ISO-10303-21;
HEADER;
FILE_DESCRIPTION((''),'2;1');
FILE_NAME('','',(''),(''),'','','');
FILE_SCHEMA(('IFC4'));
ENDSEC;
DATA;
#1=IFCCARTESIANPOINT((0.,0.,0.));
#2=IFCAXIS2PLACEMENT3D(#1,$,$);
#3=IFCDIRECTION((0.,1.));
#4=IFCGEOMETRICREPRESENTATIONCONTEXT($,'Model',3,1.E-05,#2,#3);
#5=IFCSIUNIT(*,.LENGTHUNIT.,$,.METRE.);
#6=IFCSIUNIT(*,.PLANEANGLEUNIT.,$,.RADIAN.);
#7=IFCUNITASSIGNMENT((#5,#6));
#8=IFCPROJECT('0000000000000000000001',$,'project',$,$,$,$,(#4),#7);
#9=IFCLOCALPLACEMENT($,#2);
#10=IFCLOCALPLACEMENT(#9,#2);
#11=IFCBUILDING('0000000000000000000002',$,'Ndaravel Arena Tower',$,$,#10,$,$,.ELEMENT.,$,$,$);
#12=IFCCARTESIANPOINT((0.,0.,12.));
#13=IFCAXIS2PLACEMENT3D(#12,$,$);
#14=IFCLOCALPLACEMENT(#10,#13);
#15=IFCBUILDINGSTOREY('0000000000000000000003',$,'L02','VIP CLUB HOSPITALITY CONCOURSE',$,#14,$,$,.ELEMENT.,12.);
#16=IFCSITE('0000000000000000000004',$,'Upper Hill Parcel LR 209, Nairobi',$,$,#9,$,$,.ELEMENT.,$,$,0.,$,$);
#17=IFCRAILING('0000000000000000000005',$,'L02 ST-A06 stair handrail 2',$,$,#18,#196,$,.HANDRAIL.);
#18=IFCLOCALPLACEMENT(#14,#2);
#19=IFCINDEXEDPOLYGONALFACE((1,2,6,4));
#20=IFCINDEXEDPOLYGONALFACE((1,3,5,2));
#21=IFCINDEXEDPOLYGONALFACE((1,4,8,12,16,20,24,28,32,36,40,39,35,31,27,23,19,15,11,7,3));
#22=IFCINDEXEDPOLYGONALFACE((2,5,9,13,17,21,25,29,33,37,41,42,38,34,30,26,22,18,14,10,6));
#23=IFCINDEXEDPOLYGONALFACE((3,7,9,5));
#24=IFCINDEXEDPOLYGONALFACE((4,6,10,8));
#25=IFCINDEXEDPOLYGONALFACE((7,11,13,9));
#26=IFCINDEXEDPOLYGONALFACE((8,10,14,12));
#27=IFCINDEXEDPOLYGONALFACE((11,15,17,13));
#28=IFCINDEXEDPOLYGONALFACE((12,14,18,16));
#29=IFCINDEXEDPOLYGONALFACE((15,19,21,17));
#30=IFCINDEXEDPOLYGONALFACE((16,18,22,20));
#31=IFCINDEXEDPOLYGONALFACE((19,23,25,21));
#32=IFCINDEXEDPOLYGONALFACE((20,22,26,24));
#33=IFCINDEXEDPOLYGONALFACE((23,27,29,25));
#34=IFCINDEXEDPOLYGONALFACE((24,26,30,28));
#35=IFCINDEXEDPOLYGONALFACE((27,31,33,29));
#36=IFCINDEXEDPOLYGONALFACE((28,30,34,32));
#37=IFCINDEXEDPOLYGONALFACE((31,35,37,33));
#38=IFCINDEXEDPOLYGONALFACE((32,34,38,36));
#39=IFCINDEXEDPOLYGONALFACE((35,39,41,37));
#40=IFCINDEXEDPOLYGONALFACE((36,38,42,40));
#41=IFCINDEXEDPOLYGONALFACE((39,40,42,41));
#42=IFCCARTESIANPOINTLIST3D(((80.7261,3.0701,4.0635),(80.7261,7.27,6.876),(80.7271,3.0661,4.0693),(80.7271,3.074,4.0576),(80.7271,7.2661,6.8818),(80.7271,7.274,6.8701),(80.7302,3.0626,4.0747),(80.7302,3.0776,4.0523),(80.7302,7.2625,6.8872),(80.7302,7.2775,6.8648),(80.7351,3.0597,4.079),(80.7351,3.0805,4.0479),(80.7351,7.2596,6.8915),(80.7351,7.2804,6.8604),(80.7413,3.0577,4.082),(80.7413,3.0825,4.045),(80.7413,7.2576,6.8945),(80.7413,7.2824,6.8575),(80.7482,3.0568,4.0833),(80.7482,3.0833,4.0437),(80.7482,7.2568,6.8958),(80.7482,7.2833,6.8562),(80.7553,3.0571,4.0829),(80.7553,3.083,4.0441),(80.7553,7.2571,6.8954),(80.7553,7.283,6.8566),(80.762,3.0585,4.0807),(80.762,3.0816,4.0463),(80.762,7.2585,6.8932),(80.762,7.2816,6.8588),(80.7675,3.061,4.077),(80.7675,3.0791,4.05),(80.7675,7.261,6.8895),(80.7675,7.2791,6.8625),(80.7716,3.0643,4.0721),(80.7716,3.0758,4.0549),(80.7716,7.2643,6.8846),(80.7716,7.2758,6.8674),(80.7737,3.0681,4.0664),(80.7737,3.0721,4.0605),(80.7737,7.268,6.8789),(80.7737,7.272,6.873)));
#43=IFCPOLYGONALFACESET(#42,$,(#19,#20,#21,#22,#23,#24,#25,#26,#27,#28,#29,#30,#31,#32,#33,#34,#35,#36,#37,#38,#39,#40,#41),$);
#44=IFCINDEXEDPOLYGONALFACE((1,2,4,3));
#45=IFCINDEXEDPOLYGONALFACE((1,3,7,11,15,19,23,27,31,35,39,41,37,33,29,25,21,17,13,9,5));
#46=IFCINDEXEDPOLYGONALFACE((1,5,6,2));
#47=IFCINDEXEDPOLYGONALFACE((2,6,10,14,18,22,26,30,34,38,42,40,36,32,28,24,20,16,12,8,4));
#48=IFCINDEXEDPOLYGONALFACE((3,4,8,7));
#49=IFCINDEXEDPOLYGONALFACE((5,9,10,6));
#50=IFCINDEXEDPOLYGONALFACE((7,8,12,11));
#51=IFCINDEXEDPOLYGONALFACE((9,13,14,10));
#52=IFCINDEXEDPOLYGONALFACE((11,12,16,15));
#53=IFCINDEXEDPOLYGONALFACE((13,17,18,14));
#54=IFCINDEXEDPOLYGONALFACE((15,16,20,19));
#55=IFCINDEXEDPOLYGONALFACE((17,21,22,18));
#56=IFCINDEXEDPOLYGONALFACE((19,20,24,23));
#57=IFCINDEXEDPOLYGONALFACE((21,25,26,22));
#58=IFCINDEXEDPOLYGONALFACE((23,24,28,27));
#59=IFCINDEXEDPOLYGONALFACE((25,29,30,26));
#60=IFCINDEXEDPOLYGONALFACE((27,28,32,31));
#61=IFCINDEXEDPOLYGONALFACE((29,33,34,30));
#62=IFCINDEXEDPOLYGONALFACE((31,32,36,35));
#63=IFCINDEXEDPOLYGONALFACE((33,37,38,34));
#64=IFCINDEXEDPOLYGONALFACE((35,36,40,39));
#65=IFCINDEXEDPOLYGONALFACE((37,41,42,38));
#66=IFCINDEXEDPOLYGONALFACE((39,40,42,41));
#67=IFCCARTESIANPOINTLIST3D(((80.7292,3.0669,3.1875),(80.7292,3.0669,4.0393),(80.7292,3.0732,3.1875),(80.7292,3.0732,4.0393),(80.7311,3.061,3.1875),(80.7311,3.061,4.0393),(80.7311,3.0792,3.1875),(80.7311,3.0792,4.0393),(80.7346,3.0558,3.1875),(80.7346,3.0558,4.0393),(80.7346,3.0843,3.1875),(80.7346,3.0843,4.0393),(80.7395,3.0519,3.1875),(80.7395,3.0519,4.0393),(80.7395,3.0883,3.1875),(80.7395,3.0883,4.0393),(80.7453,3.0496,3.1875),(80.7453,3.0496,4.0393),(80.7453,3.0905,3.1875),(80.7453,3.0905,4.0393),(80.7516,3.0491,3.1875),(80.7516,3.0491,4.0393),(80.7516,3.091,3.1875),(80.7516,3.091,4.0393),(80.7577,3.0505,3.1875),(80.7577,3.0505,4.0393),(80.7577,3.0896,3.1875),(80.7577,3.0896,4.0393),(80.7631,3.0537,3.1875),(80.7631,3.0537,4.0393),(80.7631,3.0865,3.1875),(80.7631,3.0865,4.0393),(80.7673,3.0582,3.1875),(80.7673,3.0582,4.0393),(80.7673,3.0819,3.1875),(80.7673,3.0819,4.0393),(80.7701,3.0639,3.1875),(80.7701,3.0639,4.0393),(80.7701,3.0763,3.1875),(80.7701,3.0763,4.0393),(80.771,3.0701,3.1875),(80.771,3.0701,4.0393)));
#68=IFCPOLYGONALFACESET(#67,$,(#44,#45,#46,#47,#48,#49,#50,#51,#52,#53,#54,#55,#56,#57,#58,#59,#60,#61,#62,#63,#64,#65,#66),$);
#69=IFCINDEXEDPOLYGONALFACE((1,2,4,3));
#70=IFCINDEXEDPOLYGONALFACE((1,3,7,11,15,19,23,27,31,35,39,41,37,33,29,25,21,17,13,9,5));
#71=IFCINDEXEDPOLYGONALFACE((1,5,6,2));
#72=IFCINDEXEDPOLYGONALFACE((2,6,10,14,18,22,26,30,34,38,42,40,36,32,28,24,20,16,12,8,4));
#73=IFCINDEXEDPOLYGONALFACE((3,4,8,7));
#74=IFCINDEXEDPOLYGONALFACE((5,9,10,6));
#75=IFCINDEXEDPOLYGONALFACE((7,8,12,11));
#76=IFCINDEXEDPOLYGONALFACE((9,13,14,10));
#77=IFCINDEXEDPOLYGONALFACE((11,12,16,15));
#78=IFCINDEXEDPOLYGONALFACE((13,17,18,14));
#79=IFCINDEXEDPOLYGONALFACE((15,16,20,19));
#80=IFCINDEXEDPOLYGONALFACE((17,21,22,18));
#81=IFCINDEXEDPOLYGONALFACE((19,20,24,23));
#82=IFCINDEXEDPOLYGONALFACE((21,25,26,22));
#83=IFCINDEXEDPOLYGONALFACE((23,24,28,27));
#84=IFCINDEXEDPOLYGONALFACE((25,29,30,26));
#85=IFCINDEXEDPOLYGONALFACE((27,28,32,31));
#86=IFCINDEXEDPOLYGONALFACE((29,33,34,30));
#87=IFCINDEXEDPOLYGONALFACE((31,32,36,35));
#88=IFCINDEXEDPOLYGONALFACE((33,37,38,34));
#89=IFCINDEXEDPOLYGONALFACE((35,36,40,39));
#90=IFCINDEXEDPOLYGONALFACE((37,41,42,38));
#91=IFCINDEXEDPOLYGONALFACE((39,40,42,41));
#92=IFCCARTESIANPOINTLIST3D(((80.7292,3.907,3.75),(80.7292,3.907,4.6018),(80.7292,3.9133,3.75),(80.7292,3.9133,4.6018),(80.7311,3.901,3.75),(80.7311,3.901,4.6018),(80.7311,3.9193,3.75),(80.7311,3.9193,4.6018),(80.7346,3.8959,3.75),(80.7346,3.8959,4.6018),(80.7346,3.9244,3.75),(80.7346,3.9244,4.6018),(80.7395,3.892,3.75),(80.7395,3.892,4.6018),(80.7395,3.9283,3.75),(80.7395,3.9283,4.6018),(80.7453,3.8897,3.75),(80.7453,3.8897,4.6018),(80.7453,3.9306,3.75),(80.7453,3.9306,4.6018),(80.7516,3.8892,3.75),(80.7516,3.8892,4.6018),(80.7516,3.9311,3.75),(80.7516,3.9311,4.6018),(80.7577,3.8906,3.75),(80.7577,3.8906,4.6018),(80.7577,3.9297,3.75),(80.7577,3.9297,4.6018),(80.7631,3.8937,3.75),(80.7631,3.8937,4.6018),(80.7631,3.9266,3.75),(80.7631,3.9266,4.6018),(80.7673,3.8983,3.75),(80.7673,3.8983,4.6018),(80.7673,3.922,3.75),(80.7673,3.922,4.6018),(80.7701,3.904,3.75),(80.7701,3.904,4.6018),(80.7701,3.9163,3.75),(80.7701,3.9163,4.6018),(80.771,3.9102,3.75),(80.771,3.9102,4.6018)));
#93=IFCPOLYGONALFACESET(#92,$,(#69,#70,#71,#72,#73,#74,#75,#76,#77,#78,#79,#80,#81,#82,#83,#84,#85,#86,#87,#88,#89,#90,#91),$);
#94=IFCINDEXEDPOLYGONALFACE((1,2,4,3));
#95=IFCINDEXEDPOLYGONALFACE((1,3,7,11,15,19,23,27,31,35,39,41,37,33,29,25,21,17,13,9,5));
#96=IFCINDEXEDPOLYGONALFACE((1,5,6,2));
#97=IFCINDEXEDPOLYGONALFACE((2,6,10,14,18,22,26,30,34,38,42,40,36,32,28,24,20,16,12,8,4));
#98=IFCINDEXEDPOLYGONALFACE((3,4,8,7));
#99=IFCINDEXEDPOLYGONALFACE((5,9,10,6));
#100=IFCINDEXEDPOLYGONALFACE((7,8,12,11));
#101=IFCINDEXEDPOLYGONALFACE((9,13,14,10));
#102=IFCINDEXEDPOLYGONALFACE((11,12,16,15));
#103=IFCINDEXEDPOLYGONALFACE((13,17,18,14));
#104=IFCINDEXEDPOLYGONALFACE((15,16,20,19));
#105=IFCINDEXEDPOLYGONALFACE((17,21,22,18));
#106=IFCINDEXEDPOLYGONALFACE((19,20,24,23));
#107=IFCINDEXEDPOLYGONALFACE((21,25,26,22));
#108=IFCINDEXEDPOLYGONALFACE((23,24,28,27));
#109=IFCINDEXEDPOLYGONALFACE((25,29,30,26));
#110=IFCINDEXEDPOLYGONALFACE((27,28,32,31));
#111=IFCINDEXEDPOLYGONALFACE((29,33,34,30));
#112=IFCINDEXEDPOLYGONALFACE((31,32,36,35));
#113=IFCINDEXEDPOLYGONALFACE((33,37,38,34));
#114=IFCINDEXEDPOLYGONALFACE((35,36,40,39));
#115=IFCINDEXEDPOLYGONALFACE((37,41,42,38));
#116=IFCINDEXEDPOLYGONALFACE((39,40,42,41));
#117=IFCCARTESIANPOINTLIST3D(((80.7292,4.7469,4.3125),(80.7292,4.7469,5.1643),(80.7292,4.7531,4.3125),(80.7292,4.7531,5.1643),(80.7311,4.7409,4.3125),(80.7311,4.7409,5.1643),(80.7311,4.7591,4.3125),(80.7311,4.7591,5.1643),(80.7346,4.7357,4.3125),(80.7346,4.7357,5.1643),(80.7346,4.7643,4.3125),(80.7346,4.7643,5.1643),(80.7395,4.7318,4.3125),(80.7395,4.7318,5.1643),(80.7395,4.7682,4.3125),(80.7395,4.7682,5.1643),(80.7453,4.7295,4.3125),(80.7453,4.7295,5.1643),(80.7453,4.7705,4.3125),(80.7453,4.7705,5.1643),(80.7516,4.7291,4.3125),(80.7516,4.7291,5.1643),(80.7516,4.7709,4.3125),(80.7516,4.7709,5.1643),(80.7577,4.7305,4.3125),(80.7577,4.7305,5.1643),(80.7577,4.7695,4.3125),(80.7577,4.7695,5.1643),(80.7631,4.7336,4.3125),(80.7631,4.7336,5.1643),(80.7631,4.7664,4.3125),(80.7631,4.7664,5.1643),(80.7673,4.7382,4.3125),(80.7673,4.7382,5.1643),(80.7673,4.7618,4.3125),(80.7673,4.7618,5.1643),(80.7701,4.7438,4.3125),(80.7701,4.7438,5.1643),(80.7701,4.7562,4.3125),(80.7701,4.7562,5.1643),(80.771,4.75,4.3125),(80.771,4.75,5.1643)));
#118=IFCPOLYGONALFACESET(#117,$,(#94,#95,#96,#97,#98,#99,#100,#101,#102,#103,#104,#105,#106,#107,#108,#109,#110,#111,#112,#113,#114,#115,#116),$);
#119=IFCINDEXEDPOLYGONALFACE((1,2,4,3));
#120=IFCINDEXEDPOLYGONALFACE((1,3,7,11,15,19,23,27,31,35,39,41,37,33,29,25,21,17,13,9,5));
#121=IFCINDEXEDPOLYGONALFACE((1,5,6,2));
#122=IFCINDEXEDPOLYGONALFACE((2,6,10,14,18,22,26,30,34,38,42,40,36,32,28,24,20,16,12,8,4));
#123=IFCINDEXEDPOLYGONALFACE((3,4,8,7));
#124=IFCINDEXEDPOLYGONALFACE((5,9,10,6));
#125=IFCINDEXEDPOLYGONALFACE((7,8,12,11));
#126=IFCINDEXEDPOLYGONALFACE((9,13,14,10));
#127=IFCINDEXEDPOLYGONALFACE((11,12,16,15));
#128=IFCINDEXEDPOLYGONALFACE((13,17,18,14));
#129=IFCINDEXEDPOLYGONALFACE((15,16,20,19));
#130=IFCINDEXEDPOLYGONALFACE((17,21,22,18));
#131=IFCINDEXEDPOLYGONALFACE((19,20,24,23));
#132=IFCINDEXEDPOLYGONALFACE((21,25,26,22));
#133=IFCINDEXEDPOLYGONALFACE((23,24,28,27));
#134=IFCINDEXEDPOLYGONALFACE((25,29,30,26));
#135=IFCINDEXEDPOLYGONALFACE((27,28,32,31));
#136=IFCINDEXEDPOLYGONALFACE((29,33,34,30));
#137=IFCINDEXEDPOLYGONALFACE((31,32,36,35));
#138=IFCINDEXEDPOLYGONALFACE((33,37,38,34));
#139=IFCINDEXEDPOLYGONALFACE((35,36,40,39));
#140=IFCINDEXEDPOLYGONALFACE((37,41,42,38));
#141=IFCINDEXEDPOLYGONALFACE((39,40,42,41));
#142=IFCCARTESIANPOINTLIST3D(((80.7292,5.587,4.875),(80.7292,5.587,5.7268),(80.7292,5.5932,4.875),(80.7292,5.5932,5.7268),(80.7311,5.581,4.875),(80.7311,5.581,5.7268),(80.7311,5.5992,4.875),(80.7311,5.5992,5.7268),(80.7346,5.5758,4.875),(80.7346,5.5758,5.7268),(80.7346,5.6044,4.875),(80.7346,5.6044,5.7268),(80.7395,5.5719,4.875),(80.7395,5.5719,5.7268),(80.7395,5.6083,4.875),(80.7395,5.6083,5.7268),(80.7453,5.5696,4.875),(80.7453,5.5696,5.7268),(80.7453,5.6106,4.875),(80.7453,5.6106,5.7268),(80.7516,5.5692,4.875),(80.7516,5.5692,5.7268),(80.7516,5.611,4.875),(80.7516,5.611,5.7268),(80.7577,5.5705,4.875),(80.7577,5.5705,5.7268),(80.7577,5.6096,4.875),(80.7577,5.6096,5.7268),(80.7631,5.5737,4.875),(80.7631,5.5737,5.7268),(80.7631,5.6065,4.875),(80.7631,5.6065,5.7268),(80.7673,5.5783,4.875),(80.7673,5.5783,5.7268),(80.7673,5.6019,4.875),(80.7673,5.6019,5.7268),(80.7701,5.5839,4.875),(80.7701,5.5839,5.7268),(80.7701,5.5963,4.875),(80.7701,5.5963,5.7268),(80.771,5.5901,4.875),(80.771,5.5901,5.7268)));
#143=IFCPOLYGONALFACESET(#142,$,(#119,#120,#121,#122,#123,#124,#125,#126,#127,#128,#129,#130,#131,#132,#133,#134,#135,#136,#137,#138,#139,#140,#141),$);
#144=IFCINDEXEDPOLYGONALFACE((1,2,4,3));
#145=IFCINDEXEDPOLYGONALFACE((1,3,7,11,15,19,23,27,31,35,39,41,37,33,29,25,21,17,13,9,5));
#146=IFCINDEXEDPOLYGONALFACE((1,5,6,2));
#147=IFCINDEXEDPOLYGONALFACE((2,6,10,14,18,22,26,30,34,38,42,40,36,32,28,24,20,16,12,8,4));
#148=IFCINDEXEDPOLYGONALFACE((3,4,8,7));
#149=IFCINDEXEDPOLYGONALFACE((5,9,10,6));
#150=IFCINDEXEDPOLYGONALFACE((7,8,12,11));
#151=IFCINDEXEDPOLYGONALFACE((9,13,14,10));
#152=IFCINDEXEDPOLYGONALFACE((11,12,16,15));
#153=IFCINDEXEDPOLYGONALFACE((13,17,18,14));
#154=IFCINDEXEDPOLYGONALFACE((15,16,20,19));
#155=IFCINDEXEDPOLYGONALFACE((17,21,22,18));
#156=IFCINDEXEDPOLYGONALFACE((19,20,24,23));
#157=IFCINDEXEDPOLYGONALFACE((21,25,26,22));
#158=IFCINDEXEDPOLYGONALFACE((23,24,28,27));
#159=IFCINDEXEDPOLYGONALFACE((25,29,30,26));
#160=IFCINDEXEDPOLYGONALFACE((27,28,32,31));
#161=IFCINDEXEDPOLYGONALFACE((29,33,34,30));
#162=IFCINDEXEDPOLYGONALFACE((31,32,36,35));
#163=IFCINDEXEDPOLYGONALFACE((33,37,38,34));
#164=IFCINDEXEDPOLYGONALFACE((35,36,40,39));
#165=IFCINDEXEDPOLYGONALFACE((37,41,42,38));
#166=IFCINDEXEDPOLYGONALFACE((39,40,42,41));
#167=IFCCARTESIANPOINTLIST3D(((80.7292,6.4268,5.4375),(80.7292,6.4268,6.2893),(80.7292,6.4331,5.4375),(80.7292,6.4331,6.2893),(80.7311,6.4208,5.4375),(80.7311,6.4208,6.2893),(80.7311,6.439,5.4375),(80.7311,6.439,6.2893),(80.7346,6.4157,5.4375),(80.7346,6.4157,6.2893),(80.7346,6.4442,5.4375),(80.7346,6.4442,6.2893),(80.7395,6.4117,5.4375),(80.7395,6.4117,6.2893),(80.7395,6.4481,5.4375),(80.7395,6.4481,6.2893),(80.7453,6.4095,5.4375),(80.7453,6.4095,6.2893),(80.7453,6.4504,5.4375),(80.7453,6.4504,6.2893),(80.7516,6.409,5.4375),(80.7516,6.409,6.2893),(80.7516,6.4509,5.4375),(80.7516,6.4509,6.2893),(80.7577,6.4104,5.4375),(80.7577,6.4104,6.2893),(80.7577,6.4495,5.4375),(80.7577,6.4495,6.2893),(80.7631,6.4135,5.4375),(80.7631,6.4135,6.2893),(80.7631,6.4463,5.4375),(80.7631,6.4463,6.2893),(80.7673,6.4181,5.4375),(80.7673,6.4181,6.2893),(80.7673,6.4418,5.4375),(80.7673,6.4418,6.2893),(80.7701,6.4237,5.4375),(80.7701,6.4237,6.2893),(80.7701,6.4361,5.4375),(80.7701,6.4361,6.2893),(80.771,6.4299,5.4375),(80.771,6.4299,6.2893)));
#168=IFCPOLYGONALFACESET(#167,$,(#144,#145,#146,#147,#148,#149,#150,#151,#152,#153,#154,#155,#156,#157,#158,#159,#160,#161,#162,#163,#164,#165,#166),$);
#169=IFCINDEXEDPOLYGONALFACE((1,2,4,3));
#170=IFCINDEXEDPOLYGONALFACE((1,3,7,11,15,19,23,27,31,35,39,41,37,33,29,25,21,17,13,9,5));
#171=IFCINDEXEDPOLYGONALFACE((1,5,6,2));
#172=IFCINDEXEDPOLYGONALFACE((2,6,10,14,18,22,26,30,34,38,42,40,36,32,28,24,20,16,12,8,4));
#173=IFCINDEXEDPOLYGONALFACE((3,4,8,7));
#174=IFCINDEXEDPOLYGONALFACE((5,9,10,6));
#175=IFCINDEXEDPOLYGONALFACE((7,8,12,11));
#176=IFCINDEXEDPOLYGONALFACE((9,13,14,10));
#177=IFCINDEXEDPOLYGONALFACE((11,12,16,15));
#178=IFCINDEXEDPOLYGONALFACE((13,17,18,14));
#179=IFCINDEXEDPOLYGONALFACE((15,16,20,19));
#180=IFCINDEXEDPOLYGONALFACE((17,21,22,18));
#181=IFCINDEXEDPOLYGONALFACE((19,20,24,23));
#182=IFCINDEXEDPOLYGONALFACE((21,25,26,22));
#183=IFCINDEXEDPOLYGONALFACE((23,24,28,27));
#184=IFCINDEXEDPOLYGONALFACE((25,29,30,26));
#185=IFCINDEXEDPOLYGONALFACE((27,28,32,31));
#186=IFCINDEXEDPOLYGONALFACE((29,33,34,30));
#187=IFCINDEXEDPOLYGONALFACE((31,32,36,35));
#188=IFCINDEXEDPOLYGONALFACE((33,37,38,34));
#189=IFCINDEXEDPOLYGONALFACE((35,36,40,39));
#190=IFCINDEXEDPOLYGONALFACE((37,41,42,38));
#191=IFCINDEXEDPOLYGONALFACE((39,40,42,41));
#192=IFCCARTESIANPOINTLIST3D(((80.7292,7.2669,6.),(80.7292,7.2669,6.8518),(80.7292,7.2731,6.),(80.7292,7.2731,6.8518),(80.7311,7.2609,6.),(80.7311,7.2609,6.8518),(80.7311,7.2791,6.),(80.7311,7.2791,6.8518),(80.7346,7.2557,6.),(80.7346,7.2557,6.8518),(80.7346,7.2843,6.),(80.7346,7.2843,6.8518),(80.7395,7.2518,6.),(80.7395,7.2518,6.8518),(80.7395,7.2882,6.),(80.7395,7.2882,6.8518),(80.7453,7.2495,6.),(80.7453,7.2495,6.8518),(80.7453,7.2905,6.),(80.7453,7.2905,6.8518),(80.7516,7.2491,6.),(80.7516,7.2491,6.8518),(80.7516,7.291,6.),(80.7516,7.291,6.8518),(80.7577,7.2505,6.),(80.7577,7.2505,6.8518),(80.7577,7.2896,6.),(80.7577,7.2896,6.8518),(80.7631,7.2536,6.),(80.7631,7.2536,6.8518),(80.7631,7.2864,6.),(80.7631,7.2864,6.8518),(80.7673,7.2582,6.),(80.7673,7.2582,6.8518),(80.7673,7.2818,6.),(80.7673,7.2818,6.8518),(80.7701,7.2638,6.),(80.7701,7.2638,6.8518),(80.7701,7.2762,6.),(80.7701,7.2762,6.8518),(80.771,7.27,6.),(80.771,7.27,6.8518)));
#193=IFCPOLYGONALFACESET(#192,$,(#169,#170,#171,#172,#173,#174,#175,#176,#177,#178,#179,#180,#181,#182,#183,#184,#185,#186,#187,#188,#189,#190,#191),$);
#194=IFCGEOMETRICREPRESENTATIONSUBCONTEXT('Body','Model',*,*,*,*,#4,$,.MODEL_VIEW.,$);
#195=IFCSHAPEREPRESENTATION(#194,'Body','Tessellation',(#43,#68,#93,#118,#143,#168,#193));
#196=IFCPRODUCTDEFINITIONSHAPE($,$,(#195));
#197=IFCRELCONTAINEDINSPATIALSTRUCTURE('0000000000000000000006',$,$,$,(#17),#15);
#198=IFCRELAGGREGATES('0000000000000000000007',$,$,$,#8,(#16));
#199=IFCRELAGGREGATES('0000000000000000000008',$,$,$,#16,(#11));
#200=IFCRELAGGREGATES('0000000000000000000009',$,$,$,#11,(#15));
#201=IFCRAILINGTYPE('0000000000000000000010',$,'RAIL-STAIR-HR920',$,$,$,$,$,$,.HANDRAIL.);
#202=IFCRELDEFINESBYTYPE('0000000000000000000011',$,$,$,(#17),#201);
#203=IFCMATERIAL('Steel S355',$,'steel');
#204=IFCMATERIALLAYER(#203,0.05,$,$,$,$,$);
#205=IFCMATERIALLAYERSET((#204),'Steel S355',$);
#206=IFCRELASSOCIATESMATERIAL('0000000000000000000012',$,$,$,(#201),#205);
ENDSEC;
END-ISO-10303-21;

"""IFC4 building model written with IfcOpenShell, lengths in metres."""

from ifc_helpers import new_model, si_unit, direction, frame, origin, origin_2d, place, context, subcontext, project, spatial, circle, extrude, material, layer, layer_set, type_object, element, save


model = new_model("IFC4")

# Units and contexts
model_context = context("Model", 3, precision=1e-05, world=origin(), true_north=direction((0.0, 1.0)))
body_context = subcontext(model_context, "Body", "Model", "MODEL_VIEW")
ifc_project = project(units=[si_unit("LENGTHUNIT", "METRE"), si_unit("PLANEANGLEUNIT", "RADIAN")], contexts=[model_context])

# Site, building, storey
site_placement = place(None, origin())
site = spatial("IfcSite", under=ifc_project, at=site_placement, Name="Upper Hill Parcel LR 209, Nairobi", CompositionType="ELEMENT", RefElevation=0.0)
building_placement = place(site_placement, origin())
building = spatial("IfcBuilding", under=site, at=building_placement, Name="Ndaravel Arena Tower", CompositionType="ELEMENT")
storey_placement = place(building_placement, frame((0.0, 0.0, 12.0)))
storey = spatial("IfcBuildingStorey", under=building, at=storey_placement, Name="L02", Description="VIP CLUB HOSPITALITY CONCOURSE", CompositionType="ELEMENT", Elevation=12.0)

# Railing
ifc_material_1 = material(Name="Steel S355", Category="steel")
ifc_layer_1 = layer(ifc_material_1, 0.05)
ifc_layer_set_1 = layer_set([ifc_layer_1], Name="Steel S355")
railing_type_1 = type_object("IfcRailingType", Name="RAIL-STAIR-HR920", PredefinedType="HANDRAIL", material=ifc_layer_set_1)
railing_1_placement = place(storey_placement, frame((80.75, 3.0701, 3.1875)))
element("IfcRailing", 1, at=railing_1_placement, inside=storey, type_object=railing_type_1, Name="L02 ST-A06 stair handrail 2", PredefinedType="HANDRAIL", context=body_context, shape_type="SweptSolid", body=[
    extrude(circle(Radius=0.0239, at=origin_2d()), frame((0.0, 0.0, 0.876), z_axis=(0.0, 0.830904, 0.556416), x_axis=(-1.0, 0.0, 0.0)), (0.0, 0.0, 1.0), 5.0547),
    extrude(circle(Radius=0.021, at=origin_2d()), origin(), (0.0, 0.0, 1.0), 0.8518),
    extrude(circle(Radius=0.021, at=origin_2d()), frame((0.0, 0.8401, 0.5625)), (0.0, 0.0, 1.0), 0.8518),
    extrude(circle(Radius=0.021, at=origin_2d()), frame((0.0, 1.6799, 1.125)), (0.0, 0.0, 1.0), 0.8518),
    extrude(circle(Radius=0.021, at=origin_2d()), frame((0.0, 2.52, 1.6875)), (0.0, 0.0, 1.0), 0.8518),
    extrude(circle(Radius=0.021, at=origin_2d()), frame((0.0, 3.3599, 2.25)), (0.0, 0.0, 1.0), 0.8518),
    extrude(circle(Radius=0.021, at=origin_2d()), frame((0.0, 4.2, 2.8125)), (0.0, 0.0, 1.0), 0.8518),
])

save(model, "model.ifc")
